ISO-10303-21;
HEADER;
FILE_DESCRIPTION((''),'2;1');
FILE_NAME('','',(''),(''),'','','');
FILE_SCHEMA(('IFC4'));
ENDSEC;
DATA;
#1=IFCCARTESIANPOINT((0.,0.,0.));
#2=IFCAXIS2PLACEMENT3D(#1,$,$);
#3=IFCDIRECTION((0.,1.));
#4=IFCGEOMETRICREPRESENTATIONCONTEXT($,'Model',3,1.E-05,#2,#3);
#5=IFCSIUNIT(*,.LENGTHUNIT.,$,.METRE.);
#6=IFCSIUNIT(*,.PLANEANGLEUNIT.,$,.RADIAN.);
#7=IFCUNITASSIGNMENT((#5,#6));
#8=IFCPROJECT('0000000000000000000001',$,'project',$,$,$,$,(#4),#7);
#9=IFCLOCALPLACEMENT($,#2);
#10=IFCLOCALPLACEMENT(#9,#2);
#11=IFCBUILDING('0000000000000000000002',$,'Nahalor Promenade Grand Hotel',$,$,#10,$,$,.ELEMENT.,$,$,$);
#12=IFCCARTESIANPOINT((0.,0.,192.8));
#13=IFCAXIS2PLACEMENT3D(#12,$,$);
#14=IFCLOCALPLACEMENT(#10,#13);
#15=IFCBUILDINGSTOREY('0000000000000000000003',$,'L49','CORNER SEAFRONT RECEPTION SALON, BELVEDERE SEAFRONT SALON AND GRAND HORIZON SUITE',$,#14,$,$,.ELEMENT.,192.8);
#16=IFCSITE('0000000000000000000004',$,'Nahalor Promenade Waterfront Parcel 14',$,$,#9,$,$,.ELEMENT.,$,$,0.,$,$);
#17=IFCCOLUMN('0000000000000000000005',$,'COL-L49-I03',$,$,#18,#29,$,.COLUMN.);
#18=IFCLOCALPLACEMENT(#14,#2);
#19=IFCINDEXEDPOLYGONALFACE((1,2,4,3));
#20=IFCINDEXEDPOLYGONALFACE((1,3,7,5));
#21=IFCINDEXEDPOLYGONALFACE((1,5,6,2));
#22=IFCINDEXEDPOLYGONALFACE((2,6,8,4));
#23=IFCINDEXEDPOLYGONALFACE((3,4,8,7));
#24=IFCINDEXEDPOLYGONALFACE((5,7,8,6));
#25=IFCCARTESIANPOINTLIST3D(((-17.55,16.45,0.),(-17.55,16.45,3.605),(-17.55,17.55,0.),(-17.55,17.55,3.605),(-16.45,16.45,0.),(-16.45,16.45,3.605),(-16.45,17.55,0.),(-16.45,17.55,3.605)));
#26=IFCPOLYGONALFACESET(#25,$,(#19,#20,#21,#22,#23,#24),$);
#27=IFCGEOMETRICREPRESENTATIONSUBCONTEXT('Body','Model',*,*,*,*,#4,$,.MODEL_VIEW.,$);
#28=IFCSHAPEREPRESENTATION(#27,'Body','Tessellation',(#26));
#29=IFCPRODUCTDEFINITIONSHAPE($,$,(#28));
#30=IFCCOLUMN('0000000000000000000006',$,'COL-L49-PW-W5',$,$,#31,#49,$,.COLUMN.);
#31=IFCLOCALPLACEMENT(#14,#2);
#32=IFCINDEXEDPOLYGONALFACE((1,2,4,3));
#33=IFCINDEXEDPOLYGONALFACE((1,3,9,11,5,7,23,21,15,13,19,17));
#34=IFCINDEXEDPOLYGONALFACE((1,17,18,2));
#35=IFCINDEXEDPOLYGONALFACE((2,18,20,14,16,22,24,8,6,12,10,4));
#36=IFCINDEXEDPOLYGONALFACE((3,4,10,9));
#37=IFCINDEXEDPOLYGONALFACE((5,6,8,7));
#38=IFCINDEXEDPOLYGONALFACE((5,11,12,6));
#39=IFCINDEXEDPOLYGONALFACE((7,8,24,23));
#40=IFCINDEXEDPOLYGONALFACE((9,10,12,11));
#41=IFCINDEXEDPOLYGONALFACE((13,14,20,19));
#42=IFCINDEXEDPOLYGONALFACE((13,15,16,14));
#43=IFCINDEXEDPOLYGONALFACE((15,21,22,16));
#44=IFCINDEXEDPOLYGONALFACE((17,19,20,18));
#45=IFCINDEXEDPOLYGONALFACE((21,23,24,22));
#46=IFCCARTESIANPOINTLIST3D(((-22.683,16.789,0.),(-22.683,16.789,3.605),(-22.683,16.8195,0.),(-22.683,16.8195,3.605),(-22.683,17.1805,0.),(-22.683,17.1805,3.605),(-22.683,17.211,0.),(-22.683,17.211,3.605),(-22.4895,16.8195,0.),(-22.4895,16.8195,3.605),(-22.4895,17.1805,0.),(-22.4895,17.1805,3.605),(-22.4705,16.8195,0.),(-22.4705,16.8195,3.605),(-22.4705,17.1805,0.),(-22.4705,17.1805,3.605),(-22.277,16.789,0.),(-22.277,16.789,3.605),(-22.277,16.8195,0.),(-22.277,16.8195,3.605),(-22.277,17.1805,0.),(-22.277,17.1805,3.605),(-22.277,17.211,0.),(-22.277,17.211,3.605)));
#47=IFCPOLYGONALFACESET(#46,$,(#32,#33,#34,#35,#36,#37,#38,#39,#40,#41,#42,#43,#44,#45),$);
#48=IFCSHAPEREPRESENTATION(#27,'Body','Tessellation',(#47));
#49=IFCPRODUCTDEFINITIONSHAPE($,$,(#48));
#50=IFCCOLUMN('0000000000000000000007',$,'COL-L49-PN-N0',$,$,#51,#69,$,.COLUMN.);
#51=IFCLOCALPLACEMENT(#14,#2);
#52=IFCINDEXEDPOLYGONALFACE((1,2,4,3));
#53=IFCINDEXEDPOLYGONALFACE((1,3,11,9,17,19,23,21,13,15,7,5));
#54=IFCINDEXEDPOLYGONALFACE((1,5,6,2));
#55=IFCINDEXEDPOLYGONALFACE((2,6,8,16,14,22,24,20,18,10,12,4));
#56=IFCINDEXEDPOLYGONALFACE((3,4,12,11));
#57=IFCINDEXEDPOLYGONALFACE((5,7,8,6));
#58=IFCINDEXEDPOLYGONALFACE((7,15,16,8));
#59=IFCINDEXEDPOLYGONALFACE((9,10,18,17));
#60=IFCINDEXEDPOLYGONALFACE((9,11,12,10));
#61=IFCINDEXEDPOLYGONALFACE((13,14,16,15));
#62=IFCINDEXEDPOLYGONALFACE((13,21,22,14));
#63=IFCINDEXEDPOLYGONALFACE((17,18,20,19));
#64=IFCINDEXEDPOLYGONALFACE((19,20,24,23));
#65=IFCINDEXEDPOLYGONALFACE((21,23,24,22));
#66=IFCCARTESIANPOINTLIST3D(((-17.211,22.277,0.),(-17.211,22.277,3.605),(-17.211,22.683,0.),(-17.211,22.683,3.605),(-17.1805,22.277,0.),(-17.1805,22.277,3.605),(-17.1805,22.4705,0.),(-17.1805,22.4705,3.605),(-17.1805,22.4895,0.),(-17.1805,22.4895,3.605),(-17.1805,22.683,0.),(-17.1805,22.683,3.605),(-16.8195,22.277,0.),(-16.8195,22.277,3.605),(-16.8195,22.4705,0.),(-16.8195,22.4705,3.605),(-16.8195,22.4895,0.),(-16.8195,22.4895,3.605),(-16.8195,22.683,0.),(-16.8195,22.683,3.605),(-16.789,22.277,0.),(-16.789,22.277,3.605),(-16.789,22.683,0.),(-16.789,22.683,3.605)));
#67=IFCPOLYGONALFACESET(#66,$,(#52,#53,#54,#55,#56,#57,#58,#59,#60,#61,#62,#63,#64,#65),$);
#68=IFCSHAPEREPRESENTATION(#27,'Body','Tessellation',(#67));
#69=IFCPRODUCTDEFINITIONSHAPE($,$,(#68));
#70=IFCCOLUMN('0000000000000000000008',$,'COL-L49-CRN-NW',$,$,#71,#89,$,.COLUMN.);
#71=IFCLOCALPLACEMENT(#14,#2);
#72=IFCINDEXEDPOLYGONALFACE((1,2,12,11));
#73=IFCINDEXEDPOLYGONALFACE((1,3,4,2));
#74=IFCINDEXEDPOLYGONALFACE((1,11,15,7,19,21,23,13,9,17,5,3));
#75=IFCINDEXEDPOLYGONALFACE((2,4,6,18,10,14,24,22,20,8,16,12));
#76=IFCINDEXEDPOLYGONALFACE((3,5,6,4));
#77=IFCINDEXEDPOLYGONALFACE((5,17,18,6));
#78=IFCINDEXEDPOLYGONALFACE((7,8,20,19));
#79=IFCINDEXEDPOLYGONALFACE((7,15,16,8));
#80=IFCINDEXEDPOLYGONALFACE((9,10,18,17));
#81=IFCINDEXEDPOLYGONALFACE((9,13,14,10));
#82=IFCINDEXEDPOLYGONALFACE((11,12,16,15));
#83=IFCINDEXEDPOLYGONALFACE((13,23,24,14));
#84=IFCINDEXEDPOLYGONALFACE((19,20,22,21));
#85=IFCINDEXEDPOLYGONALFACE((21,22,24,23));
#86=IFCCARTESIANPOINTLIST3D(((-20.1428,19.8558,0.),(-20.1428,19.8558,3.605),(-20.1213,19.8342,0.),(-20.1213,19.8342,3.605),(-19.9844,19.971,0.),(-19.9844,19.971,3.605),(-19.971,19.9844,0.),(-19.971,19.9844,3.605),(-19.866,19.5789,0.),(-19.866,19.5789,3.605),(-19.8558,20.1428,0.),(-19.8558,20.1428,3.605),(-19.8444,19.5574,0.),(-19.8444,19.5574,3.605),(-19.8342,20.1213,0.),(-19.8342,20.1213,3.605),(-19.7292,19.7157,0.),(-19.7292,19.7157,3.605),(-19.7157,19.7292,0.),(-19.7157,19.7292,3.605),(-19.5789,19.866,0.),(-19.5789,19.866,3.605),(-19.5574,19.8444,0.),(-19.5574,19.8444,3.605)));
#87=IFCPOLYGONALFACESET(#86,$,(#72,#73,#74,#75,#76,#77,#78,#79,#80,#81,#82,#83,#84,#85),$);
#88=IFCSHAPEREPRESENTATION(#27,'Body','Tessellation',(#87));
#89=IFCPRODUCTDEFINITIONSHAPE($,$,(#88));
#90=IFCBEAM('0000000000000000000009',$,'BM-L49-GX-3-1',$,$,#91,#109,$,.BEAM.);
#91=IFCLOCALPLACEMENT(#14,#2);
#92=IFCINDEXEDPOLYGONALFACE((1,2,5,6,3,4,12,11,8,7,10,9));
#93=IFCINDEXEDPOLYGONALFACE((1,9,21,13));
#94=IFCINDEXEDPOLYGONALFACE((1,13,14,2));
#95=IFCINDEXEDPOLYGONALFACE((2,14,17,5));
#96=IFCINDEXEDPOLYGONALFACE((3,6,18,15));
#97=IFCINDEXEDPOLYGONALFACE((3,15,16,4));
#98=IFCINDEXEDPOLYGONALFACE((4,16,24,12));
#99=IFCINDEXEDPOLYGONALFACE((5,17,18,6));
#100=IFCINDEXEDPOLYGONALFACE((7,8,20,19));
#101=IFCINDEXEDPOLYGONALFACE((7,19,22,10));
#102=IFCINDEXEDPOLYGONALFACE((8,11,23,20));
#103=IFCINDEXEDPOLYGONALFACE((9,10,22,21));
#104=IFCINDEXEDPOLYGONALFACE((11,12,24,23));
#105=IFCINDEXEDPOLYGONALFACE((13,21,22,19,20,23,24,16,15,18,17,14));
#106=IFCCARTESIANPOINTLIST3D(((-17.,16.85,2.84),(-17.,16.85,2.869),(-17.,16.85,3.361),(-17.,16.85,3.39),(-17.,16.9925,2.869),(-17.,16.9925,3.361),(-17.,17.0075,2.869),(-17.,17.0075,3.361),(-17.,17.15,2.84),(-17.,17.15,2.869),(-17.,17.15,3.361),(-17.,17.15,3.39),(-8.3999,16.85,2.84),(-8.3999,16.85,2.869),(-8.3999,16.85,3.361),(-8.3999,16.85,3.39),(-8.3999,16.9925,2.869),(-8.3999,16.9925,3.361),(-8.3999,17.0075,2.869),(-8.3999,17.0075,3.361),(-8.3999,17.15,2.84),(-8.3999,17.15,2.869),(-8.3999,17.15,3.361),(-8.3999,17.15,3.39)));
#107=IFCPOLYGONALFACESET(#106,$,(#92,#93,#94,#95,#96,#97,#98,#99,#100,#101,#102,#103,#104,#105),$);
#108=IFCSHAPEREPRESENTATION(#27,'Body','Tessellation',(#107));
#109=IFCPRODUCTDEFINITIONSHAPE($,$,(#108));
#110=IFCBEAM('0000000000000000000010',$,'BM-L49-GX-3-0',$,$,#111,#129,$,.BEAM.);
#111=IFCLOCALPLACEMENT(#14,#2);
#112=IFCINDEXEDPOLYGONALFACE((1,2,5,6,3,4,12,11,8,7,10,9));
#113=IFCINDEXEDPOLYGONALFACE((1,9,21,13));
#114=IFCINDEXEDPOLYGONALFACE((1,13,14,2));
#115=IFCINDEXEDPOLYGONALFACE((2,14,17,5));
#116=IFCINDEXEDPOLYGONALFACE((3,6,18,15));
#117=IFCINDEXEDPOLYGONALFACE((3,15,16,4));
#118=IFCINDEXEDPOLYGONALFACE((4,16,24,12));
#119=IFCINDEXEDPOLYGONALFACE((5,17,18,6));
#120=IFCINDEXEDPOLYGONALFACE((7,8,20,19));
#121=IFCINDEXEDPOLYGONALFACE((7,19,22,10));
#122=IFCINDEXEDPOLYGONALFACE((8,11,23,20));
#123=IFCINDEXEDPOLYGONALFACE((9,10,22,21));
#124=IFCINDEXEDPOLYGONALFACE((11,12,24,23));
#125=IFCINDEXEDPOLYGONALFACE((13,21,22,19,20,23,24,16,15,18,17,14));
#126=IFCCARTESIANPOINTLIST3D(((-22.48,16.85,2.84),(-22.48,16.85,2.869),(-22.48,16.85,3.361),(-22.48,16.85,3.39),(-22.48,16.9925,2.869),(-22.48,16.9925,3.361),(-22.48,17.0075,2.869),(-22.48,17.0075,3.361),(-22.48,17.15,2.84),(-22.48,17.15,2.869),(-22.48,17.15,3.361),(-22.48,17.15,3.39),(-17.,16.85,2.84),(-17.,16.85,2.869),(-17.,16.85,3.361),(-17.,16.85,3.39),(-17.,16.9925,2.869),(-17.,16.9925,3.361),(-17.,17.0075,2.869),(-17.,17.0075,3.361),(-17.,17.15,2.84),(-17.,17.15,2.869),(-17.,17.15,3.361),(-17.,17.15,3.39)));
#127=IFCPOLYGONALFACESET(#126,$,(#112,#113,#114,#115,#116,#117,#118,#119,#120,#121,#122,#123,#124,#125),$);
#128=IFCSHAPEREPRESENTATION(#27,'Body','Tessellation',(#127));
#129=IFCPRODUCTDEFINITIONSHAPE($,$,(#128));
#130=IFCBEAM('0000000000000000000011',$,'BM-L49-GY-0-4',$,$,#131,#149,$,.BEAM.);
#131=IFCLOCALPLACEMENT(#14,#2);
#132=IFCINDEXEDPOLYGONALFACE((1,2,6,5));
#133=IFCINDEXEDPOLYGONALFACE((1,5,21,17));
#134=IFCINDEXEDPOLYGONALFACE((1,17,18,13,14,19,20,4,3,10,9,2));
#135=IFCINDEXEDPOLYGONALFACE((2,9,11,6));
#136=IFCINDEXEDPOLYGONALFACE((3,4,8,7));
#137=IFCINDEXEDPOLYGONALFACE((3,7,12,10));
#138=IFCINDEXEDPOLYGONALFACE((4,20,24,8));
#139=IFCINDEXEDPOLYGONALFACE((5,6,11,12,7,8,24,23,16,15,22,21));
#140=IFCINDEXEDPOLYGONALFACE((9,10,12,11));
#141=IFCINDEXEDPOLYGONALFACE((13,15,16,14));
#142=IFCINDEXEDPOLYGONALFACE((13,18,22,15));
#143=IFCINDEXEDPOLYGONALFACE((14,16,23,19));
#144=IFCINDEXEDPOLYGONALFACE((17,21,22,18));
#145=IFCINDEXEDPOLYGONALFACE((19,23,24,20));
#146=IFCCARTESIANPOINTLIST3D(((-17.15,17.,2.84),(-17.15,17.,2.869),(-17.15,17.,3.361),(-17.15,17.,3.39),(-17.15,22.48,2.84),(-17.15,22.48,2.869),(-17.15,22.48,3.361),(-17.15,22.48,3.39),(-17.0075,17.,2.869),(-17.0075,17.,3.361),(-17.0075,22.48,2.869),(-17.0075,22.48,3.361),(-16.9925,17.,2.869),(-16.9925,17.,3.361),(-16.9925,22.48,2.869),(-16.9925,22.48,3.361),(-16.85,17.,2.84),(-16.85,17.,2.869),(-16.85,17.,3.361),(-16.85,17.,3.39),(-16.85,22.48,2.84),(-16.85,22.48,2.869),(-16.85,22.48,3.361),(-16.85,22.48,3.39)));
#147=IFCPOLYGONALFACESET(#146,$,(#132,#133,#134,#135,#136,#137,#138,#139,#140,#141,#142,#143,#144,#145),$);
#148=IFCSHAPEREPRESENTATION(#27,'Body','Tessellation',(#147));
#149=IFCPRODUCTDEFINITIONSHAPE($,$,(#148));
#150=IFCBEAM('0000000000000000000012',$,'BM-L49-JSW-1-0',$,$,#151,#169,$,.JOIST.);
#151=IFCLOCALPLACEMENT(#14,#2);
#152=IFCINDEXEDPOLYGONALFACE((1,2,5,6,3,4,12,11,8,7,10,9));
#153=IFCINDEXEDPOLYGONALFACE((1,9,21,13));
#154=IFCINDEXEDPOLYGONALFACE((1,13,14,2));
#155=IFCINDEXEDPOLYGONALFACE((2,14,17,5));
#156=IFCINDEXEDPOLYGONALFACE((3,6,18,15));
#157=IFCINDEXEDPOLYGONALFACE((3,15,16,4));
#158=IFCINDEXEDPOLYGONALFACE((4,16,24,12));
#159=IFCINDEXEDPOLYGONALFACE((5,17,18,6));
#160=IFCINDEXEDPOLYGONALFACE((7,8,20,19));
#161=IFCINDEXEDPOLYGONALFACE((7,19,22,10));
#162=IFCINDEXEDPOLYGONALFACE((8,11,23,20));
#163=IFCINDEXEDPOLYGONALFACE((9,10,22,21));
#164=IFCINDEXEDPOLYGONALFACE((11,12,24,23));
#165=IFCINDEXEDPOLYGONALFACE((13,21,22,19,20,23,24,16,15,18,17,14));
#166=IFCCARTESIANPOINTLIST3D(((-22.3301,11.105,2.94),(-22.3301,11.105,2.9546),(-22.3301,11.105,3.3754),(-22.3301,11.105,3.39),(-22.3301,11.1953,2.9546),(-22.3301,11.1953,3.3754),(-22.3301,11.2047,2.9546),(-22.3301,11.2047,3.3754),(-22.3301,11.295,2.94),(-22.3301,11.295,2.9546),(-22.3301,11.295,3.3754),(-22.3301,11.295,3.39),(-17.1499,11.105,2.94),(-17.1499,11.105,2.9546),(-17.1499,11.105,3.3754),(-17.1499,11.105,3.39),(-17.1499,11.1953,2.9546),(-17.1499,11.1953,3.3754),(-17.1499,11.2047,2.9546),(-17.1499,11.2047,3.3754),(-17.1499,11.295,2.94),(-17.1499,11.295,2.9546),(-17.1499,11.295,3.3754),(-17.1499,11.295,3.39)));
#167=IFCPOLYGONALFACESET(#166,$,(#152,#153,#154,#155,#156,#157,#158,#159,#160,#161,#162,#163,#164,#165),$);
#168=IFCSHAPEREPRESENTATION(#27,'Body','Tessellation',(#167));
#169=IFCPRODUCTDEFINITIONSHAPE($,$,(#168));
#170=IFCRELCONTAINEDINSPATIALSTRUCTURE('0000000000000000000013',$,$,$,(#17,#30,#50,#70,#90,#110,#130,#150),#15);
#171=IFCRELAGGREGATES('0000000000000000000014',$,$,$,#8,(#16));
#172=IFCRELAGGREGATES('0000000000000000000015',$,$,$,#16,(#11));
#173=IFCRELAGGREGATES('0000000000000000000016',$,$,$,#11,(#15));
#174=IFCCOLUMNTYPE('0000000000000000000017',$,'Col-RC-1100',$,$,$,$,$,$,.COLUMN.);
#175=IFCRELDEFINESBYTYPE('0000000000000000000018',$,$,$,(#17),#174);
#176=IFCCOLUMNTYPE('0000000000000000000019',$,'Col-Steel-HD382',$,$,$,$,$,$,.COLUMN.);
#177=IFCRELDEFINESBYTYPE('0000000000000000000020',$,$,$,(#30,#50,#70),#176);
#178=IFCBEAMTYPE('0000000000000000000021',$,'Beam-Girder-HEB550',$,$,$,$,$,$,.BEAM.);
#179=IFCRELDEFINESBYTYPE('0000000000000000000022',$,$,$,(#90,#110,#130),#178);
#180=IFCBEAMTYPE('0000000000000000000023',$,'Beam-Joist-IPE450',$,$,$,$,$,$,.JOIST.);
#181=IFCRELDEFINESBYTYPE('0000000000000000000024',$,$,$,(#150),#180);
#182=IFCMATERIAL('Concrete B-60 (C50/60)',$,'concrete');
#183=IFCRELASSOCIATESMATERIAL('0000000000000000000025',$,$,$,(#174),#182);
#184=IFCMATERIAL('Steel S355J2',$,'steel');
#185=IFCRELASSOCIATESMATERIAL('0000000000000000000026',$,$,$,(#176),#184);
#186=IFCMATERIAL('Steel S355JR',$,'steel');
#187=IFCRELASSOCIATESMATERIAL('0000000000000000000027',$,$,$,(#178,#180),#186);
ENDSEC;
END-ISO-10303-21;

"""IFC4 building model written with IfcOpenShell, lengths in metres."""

from ifc_helpers import new_model, si_unit, direction, frame, origin, origin_2d, place, context, subcontext, project, spatial, rectangle, i_section, extrude, source, transform, mapped, material, material_profile, profile_set, type_object, element, save


model = new_model("IFC4")

# Units and contexts
model_context = context("Model", 3, precision=1e-05, world=origin(), true_north=direction((0.0, 1.0)))
body_context = subcontext(model_context, "Body", "Model", "MODEL_VIEW")
ifc_project = project(units=[si_unit("LENGTHUNIT", "METRE"), si_unit("PLANEANGLEUNIT", "RADIAN")], contexts=[model_context])

# Site, building, storey
site_placement = place(None, origin())
site = spatial("IfcSite", under=ifc_project, at=site_placement, Name="Nahalor Promenade Waterfront Parcel 14", CompositionType="ELEMENT", RefElevation=0.0)
building_placement = place(site_placement, origin())
building = spatial("IfcBuilding", under=site, at=building_placement, Name="Nahalor Promenade Grand Hotel", CompositionType="ELEMENT")
storey_placement = place(building_placement, frame((0.0, 0.0, 192.8)))
storey = spatial("IfcBuildingStorey", under=building, at=storey_placement, Name="L49", Description="CORNER SEAFRONT RECEPTION SALON, BELVEDERE SEAFRONT SALON AND GRAND HORIZON SUITE", CompositionType="ELEMENT", Elevation=192.8)

# Columns
ifc_material_1 = material(Name="Concrete B-60 (C50/60)", Category="concrete")
ifc_material_profile_1 = material_profile(ifc_material_1, rectangle(XDim=1.1, YDim=1.1, at=origin_2d()), Name="RC 1100x1100")
ifc_profile_set_1 = profile_set([ifc_material_profile_1], Name="Concrete B-60 (C50/60)")
column_type_1 = type_object("IfcColumnType", Name="Col-RC-1100", PredefinedType="COLUMN", material=ifc_profile_set_1)
shared_shape_1 = source(origin(), body_context, "Body", "SweptSolid", [
    extrude(rectangle(XDim=1.1, YDim=1.1, at=origin_2d()), origin(), (0.0, 0.0, 1.0), 3.605),
])
column_placement = place(storey_placement, frame((-17.0, 17.0, 0.0), z_axis=(0.0, 0.0, 1.0), x_axis=(1.0, 0.0, 0.0)))
element("IfcColumn", 1, at=column_placement, inside=storey, type_object=column_type_1, Name="COL-L49-I03", PredefinedType="COLUMN", context=body_context, shape_type="MappedRepresentation", body=[
    mapped(shared_shape_1, transform((0.0, 0.0, 0.0), scale=1.0)),
])
ifc_material_2 = material(Name="Steel S355J2", Category="steel")
ifc_material_profile_2 = material_profile(ifc_material_2, i_section(OverallWidth=0.406, OverallDepth=0.422, WebThickness=0.019, FlangeThickness=0.0305, at=origin_2d()), Name="HD 400x382")
ifc_profile_set_2 = profile_set([ifc_material_profile_2], Name="Steel S355J2")
column_type_2 = type_object("IfcColumnType", Name="Col-Steel-HD382", PredefinedType="COLUMN", material=ifc_profile_set_2)
shared_shape_2 = source(origin(), body_context, "Body", "SweptSolid", [
    extrude(i_section(OverallWidth=0.406, OverallDepth=0.422, WebThickness=0.019, FlangeThickness=0.0305, at=origin_2d()), origin(), (0.0, 0.0, 1.0), 3.605),
])
for number, where, z_axis, x_axis, name in (
    (2, (-22.48, 17.0, 0.0), (0.0, 0.0, 1.0), (1.0, 0.0, 0.0), "COL-L49-PW-W5"),
    (3, (-17.0, 22.48, 0.0), (0.0, 0.0, 1.0), (0.0, 1.0, 0.0), "COL-L49-PN-N0"),
    (4, (-19.8501, 19.8501, 0.0), (0.0, 0.0, 1.0), (0.707107, 0.707107, 0.0), "COL-L49-CRN-NW"),
):
    element("IfcColumn", number, at=place(storey_placement, frame(where, z_axis=z_axis, x_axis=x_axis)), inside=storey, type_object=column_type_2, Name=name, PredefinedType="COLUMN", context=body_context, shape_type="MappedRepresentation", body=[
        mapped(shared_shape_2, transform((0.0, 0.0, 0.0), scale=1.0)),
    ])

# Beams
ifc_material_3 = material(Name="Steel S355JR", Category="steel")
ifc_material_profile_3 = material_profile(ifc_material_3, i_section(OverallWidth=0.3, OverallDepth=0.55, WebThickness=0.015, FlangeThickness=0.029, at=origin_2d()), Name="HEB 550")
ifc_profile_set_3 = profile_set([ifc_material_profile_3], Name="Steel S355JR")
beam_type_1 = type_object("IfcBeamType", Name="Beam-Girder-HEB550", PredefinedType="BEAM", material=ifc_profile_set_3)
shared_shape_3 = source(origin(), body_context, "Body", "SweptSolid", [
    extrude(i_section(OverallWidth=0.3, OverallDepth=0.55, WebThickness=0.015, FlangeThickness=0.029, at=origin_2d()), origin(), (0.0, 0.0, 1.0), 8.6001),
])
beam_1_placement = place(storey_placement, frame((-17.0, 17.0, 3.115), z_axis=(1.0, 0.0, 0.0), x_axis=(0.0, 1.0, 0.0)))
element("IfcBeam", 5, at=beam_1_placement, inside=storey, type_object=beam_type_1, Name="BM-L49-GX-3-1", PredefinedType="BEAM", context=body_context, shape_type="MappedRepresentation", body=[
    mapped(shared_shape_3, transform((0.0, 0.0, 0.0), scale=1.0)),
])
shared_shape_4 = source(origin(), body_context, "Body", "SweptSolid", [
    extrude(i_section(OverallWidth=0.3, OverallDepth=0.55, WebThickness=0.015, FlangeThickness=0.029, at=origin_2d()), origin(), (0.0, 0.0, 1.0), 5.48),
])
for number, where, z_axis, x_axis, name in (
    (6, (-22.48, 17.0, 3.115), (1.0, 0.0, 0.0), (0.0, 1.0, 0.0), "BM-L49-GX-3-0"),
    (7, (-17.0, 17.0, 3.115), (0.0, 1.0, 0.0), (-1.0, 0.0, 0.0), "BM-L49-GY-0-4"),
):
    element("IfcBeam", number, at=place(storey_placement, frame(where, z_axis=z_axis, x_axis=x_axis)), inside=storey, type_object=beam_type_1, Name=name, PredefinedType="BEAM", context=body_context, shape_type="MappedRepresentation", body=[
        mapped(shared_shape_4, transform((0.0, 0.0, 0.0), scale=1.0)),
    ])
ifc_material_profile_4 = material_profile(ifc_material_3, i_section(OverallWidth=0.19, OverallDepth=0.45, WebThickness=0.0094, FlangeThickness=0.0146, at=origin_2d()), Name="IPE 450")
ifc_profile_set_4 = profile_set([ifc_material_profile_4], Name="Steel S355JR")
beam_type_2 = type_object("IfcBeamType", Name="Beam-Joist-IPE450", PredefinedType="JOIST", material=ifc_profile_set_4)
shared_shape_5 = source(origin(), body_context, "Body", "SweptSolid", [
    extrude(i_section(OverallWidth=0.19, OverallDepth=0.45, WebThickness=0.0094, FlangeThickness=0.0146, at=origin_2d()), origin(), (0.0, 0.0, 1.0), 5.1802),
])
beam_2_placement = place(storey_placement, frame((-22.3301, 11.2, 3.165), z_axis=(1.0, 0.0, 0.0), x_axis=(0.0, 1.0, 0.0)))
element("IfcBeam", 8, at=beam_2_placement, inside=storey, type_object=beam_type_2, Name="BM-L49-JSW-1-0", PredefinedType="JOIST", context=body_context, shape_type="MappedRepresentation", body=[
    mapped(shared_shape_5, transform((0.0, 0.0, 0.0), scale=1.0)),
])

save(model, "model.ifc")
